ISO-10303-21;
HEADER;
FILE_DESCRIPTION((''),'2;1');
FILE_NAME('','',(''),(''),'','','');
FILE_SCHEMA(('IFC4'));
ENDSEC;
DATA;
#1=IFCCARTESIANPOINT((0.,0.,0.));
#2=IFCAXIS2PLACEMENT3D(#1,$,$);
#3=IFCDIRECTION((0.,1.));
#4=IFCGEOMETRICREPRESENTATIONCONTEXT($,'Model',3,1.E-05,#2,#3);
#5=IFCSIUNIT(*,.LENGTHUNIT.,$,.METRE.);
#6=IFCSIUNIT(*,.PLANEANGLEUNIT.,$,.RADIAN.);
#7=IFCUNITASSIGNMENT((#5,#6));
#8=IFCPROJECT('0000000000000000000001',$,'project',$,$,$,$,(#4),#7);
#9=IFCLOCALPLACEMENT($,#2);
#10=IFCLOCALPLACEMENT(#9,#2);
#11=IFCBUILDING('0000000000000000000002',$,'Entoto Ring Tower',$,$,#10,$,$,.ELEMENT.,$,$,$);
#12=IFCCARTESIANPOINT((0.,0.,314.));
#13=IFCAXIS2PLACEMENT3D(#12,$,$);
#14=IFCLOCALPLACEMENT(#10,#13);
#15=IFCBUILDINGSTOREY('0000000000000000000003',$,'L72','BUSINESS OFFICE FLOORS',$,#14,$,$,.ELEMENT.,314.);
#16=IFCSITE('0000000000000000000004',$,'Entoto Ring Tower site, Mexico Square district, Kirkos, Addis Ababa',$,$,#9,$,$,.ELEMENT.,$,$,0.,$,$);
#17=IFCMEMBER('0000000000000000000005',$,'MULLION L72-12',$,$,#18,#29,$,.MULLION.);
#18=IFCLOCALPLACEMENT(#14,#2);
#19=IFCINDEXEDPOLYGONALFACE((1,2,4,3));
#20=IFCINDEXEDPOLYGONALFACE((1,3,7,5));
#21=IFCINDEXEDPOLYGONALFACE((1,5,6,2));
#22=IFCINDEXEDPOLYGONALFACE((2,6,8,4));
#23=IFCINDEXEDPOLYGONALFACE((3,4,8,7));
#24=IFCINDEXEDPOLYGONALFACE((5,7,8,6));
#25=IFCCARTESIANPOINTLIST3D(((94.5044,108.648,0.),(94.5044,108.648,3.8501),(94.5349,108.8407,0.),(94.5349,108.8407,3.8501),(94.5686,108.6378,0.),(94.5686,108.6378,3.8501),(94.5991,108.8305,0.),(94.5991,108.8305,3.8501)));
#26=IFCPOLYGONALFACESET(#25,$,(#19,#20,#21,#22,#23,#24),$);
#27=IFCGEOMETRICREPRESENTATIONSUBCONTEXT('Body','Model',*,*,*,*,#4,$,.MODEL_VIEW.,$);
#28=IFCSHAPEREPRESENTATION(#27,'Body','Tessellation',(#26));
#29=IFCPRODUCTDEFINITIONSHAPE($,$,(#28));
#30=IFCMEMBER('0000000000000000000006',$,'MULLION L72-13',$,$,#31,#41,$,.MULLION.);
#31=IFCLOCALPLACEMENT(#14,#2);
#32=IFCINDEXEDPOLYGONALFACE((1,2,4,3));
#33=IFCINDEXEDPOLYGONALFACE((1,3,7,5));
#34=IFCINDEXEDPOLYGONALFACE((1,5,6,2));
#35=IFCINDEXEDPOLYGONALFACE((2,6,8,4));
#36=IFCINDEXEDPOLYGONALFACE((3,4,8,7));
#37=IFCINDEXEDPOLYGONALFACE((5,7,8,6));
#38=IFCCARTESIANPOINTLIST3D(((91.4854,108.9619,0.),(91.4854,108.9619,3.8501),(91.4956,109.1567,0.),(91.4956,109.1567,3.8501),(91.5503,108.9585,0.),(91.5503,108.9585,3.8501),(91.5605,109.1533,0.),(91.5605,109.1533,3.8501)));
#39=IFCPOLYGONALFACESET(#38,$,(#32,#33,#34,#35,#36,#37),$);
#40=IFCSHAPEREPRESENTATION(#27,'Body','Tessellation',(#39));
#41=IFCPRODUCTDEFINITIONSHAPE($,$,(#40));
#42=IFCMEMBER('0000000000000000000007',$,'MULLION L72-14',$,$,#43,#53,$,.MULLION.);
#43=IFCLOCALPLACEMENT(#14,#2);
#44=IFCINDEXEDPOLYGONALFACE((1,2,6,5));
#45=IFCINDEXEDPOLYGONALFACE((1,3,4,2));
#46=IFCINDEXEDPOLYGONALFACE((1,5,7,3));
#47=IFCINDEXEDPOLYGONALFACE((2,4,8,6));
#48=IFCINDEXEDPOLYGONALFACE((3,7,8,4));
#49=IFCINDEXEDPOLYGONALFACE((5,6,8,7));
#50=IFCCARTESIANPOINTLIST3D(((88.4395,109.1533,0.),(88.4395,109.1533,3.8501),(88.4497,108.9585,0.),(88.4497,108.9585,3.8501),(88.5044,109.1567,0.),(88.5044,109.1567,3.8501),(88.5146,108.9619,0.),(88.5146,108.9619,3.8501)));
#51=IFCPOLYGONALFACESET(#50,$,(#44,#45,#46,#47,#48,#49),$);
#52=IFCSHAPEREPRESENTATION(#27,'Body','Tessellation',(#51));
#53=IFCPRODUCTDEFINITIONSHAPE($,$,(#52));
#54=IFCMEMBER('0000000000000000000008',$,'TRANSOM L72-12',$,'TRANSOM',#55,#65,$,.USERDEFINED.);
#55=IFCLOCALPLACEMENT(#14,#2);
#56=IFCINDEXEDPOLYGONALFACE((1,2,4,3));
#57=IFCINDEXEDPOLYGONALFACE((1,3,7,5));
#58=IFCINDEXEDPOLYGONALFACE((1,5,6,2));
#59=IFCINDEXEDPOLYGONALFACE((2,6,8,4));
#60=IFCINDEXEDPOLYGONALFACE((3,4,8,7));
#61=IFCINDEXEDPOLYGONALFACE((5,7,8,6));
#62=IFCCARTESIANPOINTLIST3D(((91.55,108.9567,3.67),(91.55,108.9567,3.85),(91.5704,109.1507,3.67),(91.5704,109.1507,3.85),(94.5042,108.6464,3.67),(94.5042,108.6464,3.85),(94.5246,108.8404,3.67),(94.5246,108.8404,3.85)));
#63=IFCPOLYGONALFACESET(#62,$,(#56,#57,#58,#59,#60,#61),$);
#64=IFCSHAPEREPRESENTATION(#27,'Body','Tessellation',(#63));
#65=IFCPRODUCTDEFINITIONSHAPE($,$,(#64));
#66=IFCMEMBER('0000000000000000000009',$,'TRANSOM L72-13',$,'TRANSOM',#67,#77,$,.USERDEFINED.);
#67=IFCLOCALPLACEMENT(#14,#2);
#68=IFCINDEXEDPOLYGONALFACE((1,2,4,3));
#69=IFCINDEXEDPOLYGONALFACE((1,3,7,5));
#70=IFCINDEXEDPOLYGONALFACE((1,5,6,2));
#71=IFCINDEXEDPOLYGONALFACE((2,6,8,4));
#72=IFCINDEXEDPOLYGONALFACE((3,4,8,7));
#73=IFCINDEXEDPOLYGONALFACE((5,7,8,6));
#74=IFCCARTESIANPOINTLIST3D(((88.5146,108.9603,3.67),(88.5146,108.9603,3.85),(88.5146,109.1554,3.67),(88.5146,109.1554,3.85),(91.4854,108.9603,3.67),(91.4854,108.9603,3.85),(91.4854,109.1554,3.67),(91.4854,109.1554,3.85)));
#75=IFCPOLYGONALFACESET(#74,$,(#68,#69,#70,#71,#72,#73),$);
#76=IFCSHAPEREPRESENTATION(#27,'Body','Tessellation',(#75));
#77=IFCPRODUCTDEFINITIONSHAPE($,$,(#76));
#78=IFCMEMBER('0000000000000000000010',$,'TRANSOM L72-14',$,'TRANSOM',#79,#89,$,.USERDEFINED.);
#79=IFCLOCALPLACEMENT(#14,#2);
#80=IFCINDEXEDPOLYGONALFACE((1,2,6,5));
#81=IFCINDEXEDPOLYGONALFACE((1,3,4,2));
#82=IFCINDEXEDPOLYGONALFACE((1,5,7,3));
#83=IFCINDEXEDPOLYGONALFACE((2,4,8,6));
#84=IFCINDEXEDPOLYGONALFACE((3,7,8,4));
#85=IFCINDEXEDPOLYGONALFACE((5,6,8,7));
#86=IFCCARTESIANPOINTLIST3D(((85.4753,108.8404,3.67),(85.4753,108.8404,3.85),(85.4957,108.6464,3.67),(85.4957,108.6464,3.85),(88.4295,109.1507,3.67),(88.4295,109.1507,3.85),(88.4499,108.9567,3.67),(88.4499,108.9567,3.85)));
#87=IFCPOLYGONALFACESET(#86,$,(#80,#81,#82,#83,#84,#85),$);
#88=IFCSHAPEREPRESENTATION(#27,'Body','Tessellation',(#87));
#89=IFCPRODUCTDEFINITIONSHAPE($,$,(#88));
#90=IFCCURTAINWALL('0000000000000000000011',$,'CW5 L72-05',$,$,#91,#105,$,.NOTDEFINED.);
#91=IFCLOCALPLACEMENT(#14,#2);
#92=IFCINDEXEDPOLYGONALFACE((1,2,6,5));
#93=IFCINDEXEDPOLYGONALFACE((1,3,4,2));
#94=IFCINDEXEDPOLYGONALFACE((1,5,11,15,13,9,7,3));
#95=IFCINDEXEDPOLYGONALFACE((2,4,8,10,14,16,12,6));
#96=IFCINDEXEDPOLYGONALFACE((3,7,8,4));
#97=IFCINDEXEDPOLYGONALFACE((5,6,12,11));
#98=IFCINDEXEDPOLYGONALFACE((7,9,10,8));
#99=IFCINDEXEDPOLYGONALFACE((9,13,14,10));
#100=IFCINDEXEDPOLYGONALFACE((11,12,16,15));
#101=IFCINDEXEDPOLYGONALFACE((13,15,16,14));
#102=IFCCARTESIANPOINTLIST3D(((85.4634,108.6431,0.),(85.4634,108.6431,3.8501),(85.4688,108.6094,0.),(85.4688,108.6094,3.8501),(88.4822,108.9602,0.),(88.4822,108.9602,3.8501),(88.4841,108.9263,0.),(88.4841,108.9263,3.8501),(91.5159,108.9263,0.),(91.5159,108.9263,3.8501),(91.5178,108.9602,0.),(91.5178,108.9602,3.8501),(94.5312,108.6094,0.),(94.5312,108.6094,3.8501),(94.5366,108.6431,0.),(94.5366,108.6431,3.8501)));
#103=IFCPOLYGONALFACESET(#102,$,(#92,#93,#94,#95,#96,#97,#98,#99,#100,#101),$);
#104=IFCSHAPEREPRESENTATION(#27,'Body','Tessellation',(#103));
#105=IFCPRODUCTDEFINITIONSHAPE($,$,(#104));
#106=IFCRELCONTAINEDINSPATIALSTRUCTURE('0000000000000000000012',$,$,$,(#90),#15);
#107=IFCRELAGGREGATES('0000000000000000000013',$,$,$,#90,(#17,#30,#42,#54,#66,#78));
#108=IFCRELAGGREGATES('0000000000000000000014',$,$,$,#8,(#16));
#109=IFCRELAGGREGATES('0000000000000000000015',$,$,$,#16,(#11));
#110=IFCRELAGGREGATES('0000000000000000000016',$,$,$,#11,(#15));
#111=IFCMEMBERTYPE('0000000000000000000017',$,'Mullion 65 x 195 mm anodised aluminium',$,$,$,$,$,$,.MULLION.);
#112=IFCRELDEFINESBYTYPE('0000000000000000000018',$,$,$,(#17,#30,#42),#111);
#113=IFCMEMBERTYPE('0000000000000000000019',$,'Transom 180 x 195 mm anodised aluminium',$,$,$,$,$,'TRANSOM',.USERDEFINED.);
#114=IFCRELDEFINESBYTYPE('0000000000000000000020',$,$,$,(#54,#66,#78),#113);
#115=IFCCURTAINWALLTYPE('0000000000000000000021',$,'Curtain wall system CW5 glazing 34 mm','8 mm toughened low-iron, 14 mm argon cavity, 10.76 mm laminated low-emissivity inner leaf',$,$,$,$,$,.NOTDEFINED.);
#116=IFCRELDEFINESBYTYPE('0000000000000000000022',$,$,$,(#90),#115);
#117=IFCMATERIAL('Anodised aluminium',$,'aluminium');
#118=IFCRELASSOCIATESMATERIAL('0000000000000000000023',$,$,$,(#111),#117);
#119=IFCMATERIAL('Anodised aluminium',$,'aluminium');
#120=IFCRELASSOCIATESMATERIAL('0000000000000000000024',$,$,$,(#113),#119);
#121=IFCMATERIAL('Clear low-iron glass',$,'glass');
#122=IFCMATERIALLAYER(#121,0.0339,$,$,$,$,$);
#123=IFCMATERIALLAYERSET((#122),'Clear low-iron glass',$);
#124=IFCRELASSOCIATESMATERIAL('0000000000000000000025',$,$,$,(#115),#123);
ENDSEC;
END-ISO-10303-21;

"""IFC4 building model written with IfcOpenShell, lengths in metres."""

from ifc_helpers import new_model, si_unit, direction, frame, origin, origin_2d, place, context, subcontext, project, spatial, polyline, rectangle, outline, extrude, material, layer, layer_set, material_profile, profile_set, type_object, element, aggregate, save


model = new_model("IFC4")

# Units and contexts
model_context = context("Model", 3, precision=1e-05, world=origin(), true_north=direction((0.0, 1.0)))
body_context = subcontext(model_context, "Body", "Model", "MODEL_VIEW")
ifc_project = project(units=[si_unit("LENGTHUNIT", "METRE"), si_unit("PLANEANGLEUNIT", "RADIAN")], contexts=[model_context])

# Members
ifc_material_1 = material(Name="Anodised aluminium", Category="aluminium")
ifc_material_profile_1 = material_profile(ifc_material_1, rectangle(XDim=0.0649, YDim=0.1951, at=origin_2d()), Name="Mullion 65 x 195 mm anodised aluminium")
ifc_profile_set_1 = profile_set([ifc_material_profile_1], Name="Anodised aluminium")
member_type_1 = type_object("IfcMemberType", Name="Mullion 65 x 195 mm anodised aluminium", PredefinedType="MULLION", material=ifc_profile_set_1)
site_placement = place(None, origin())
building_placement = place(site_placement, origin())
storey_placement = place(building_placement, frame((0.0, 0.0, 314.0)))
member_1_placement = place(storey_placement, frame((94.5518, 108.7393, 0.0), z_axis=(0.0, 0.0, 1.0), x_axis=(-0.987688, 0.156434, 0.0)))
member_1 = element("IfcMember", 1, at=member_1_placement, type_object=member_type_1, Name="MULLION L72-12", PredefinedType="MULLION", context=body_context, shape_type="SweptSolid", body=[
    extrude(rectangle(XDim=0.0649, YDim=0.1951, at=origin_2d()), origin(), (0.0, 0.0, 1.0), 3.8501),
])
member_2_placement = place(storey_placement, frame((91.5229, 109.0576, 0.0), z_axis=(0.0, 0.0, 1.0), x_axis=(-0.99863, 0.052336, 0.0)))
member_2 = element("IfcMember", 2, at=member_2_placement, type_object=member_type_1, Name="MULLION L72-13", PredefinedType="MULLION", context=body_context, shape_type="SweptSolid", body=[
    extrude(rectangle(XDim=0.0649, YDim=0.1951, at=origin_2d()), origin(), (0.0, 0.0, 1.0), 3.8501),
])
member_3_placement = place(storey_placement, frame((88.4771, 109.0576, 0.0), z_axis=(0.0, 0.0, 1.0), x_axis=(-0.99863, -0.052336, 0.0)))
member_3 = element("IfcMember", 3, at=member_3_placement, type_object=member_type_1, Name="MULLION L72-14", PredefinedType="MULLION", context=body_context, shape_type="SweptSolid", body=[
    extrude(rectangle(XDim=0.0649, YDim=0.1951, at=origin_2d()), origin(), (0.0, 0.0, 1.0), 3.8501),
])
ifc_material_2 = material(Name="Anodised aluminium", Category="aluminium")
ifc_material_profile_2 = material_profile(ifc_material_2, rectangle(XDim=0.1951, YDim=0.1799, at=origin_2d()), Name="Transom 180 x 195 mm anodised aluminium")
ifc_profile_set_2 = profile_set([ifc_material_profile_2], Name="Anodised aluminium")
member_type_2 = type_object("IfcMemberType", Name="Transom 180 x 195 mm anodised aluminium", ElementType="TRANSOM", PredefinedType="USERDEFINED", material=ifc_profile_set_2)
member_4_placement = place(storey_placement, frame((94.5144, 108.7434, 3.76), z_axis=(-0.994528, 0.104467, 0.0), x_axis=(-0.104467, -0.994528, 0.0)))
member_4 = element("IfcMember", 4, at=member_4_placement, type_object=member_type_2, Name="TRANSOM L72-12", ObjectType="TRANSOM", PredefinedType="USERDEFINED", context=body_context, shape_type="SweptSolid", body=[
    extrude(rectangle(XDim=0.1951, YDim=0.1799, at=origin_2d()), origin(), (0.0, 0.0, 1.0), 2.9705),
])
member_5_placement = place(storey_placement, frame((91.4854, 109.0579, 3.76), z_axis=(-1.0, 0.0, 0.0), x_axis=(0.0, -1.0, 0.0)))
member_5 = element("IfcMember", 5, at=member_5_placement, type_object=member_type_2, Name="TRANSOM L72-13", ObjectType="TRANSOM", PredefinedType="USERDEFINED", context=body_context, shape_type="SweptSolid", body=[
    extrude(rectangle(XDim=0.1951, YDim=0.1799, at=origin_2d()), origin(), (0.0, 0.0, 1.0), 2.9707),
])
member_6_placement = place(storey_placement, frame((88.4397, 109.0537, 3.76), z_axis=(-0.994528, -0.104467, 0.0), x_axis=(0.104467, -0.994528, 0.0)))
member_6 = element("IfcMember", 6, at=member_6_placement, type_object=member_type_2, Name="TRANSOM L72-14", ObjectType="TRANSOM", PredefinedType="USERDEFINED", context=body_context, shape_type="SweptSolid", body=[
    extrude(rectangle(XDim=0.1951, YDim=0.1799, at=origin_2d()), origin(), (0.0, 0.0, 1.0), 2.9705),
])

# Site, building, storey
site = spatial("IfcSite", under=ifc_project, at=site_placement, Name="Entoto Ring Tower site, Mexico Square district, Kirkos, Addis Ababa", CompositionType="ELEMENT", RefElevation=0.0)
building = spatial("IfcBuilding", under=site, at=building_placement, Name="Entoto Ring Tower", CompositionType="ELEMENT")
storey = spatial("IfcBuildingStorey", under=building, at=storey_placement, Name="L72", Description="BUSINESS OFFICE FLOORS", CompositionType="ELEMENT", Elevation=314.0)

# Curtain wall
ifc_material_3 = material(Name="Clear low-iron glass", Category="glass")
ifc_layer = layer(ifc_material_3, 0.0339)
ifc_layer_set = layer_set([ifc_layer], Name="Clear low-iron glass")
curtain_wall_type = type_object("IfcCurtainWallType", Name="Curtain wall system CW5 glazing 34 mm", Description="8 mm toughened low-iron, 14 mm argon cavity, 10.76 mm laminated low-emissivity inner leaf", PredefinedType="NOTDEFINED", material=ifc_layer_set)
curtain_wall_1_placement = place(storey_placement, origin())
curtain_wall_1 = element("IfcCurtainWall", 7, at=curtain_wall_1_placement, inside=storey, type_object=curtain_wall_type, Name="CW5 L72-05", PredefinedType="NOTDEFINED", context=body_context, shape_type="SweptSolid", body=[
    extrude(outline(polyline([(94.5366, 108.6431), (91.5178, 108.9602), (88.4822, 108.9602), (85.4634, 108.6431), (85.4688, 108.6094), (88.4841, 108.9263), (91.5159, 108.9263), (94.5312, 108.6094), (94.5366, 108.6431)])), origin(), (0.0, 0.0, 1.0), 3.8501),
])
aggregate(curtain_wall_1, [member_1, member_2, member_3, member_4, member_5, member_6])

save(model, "model.ifc")
